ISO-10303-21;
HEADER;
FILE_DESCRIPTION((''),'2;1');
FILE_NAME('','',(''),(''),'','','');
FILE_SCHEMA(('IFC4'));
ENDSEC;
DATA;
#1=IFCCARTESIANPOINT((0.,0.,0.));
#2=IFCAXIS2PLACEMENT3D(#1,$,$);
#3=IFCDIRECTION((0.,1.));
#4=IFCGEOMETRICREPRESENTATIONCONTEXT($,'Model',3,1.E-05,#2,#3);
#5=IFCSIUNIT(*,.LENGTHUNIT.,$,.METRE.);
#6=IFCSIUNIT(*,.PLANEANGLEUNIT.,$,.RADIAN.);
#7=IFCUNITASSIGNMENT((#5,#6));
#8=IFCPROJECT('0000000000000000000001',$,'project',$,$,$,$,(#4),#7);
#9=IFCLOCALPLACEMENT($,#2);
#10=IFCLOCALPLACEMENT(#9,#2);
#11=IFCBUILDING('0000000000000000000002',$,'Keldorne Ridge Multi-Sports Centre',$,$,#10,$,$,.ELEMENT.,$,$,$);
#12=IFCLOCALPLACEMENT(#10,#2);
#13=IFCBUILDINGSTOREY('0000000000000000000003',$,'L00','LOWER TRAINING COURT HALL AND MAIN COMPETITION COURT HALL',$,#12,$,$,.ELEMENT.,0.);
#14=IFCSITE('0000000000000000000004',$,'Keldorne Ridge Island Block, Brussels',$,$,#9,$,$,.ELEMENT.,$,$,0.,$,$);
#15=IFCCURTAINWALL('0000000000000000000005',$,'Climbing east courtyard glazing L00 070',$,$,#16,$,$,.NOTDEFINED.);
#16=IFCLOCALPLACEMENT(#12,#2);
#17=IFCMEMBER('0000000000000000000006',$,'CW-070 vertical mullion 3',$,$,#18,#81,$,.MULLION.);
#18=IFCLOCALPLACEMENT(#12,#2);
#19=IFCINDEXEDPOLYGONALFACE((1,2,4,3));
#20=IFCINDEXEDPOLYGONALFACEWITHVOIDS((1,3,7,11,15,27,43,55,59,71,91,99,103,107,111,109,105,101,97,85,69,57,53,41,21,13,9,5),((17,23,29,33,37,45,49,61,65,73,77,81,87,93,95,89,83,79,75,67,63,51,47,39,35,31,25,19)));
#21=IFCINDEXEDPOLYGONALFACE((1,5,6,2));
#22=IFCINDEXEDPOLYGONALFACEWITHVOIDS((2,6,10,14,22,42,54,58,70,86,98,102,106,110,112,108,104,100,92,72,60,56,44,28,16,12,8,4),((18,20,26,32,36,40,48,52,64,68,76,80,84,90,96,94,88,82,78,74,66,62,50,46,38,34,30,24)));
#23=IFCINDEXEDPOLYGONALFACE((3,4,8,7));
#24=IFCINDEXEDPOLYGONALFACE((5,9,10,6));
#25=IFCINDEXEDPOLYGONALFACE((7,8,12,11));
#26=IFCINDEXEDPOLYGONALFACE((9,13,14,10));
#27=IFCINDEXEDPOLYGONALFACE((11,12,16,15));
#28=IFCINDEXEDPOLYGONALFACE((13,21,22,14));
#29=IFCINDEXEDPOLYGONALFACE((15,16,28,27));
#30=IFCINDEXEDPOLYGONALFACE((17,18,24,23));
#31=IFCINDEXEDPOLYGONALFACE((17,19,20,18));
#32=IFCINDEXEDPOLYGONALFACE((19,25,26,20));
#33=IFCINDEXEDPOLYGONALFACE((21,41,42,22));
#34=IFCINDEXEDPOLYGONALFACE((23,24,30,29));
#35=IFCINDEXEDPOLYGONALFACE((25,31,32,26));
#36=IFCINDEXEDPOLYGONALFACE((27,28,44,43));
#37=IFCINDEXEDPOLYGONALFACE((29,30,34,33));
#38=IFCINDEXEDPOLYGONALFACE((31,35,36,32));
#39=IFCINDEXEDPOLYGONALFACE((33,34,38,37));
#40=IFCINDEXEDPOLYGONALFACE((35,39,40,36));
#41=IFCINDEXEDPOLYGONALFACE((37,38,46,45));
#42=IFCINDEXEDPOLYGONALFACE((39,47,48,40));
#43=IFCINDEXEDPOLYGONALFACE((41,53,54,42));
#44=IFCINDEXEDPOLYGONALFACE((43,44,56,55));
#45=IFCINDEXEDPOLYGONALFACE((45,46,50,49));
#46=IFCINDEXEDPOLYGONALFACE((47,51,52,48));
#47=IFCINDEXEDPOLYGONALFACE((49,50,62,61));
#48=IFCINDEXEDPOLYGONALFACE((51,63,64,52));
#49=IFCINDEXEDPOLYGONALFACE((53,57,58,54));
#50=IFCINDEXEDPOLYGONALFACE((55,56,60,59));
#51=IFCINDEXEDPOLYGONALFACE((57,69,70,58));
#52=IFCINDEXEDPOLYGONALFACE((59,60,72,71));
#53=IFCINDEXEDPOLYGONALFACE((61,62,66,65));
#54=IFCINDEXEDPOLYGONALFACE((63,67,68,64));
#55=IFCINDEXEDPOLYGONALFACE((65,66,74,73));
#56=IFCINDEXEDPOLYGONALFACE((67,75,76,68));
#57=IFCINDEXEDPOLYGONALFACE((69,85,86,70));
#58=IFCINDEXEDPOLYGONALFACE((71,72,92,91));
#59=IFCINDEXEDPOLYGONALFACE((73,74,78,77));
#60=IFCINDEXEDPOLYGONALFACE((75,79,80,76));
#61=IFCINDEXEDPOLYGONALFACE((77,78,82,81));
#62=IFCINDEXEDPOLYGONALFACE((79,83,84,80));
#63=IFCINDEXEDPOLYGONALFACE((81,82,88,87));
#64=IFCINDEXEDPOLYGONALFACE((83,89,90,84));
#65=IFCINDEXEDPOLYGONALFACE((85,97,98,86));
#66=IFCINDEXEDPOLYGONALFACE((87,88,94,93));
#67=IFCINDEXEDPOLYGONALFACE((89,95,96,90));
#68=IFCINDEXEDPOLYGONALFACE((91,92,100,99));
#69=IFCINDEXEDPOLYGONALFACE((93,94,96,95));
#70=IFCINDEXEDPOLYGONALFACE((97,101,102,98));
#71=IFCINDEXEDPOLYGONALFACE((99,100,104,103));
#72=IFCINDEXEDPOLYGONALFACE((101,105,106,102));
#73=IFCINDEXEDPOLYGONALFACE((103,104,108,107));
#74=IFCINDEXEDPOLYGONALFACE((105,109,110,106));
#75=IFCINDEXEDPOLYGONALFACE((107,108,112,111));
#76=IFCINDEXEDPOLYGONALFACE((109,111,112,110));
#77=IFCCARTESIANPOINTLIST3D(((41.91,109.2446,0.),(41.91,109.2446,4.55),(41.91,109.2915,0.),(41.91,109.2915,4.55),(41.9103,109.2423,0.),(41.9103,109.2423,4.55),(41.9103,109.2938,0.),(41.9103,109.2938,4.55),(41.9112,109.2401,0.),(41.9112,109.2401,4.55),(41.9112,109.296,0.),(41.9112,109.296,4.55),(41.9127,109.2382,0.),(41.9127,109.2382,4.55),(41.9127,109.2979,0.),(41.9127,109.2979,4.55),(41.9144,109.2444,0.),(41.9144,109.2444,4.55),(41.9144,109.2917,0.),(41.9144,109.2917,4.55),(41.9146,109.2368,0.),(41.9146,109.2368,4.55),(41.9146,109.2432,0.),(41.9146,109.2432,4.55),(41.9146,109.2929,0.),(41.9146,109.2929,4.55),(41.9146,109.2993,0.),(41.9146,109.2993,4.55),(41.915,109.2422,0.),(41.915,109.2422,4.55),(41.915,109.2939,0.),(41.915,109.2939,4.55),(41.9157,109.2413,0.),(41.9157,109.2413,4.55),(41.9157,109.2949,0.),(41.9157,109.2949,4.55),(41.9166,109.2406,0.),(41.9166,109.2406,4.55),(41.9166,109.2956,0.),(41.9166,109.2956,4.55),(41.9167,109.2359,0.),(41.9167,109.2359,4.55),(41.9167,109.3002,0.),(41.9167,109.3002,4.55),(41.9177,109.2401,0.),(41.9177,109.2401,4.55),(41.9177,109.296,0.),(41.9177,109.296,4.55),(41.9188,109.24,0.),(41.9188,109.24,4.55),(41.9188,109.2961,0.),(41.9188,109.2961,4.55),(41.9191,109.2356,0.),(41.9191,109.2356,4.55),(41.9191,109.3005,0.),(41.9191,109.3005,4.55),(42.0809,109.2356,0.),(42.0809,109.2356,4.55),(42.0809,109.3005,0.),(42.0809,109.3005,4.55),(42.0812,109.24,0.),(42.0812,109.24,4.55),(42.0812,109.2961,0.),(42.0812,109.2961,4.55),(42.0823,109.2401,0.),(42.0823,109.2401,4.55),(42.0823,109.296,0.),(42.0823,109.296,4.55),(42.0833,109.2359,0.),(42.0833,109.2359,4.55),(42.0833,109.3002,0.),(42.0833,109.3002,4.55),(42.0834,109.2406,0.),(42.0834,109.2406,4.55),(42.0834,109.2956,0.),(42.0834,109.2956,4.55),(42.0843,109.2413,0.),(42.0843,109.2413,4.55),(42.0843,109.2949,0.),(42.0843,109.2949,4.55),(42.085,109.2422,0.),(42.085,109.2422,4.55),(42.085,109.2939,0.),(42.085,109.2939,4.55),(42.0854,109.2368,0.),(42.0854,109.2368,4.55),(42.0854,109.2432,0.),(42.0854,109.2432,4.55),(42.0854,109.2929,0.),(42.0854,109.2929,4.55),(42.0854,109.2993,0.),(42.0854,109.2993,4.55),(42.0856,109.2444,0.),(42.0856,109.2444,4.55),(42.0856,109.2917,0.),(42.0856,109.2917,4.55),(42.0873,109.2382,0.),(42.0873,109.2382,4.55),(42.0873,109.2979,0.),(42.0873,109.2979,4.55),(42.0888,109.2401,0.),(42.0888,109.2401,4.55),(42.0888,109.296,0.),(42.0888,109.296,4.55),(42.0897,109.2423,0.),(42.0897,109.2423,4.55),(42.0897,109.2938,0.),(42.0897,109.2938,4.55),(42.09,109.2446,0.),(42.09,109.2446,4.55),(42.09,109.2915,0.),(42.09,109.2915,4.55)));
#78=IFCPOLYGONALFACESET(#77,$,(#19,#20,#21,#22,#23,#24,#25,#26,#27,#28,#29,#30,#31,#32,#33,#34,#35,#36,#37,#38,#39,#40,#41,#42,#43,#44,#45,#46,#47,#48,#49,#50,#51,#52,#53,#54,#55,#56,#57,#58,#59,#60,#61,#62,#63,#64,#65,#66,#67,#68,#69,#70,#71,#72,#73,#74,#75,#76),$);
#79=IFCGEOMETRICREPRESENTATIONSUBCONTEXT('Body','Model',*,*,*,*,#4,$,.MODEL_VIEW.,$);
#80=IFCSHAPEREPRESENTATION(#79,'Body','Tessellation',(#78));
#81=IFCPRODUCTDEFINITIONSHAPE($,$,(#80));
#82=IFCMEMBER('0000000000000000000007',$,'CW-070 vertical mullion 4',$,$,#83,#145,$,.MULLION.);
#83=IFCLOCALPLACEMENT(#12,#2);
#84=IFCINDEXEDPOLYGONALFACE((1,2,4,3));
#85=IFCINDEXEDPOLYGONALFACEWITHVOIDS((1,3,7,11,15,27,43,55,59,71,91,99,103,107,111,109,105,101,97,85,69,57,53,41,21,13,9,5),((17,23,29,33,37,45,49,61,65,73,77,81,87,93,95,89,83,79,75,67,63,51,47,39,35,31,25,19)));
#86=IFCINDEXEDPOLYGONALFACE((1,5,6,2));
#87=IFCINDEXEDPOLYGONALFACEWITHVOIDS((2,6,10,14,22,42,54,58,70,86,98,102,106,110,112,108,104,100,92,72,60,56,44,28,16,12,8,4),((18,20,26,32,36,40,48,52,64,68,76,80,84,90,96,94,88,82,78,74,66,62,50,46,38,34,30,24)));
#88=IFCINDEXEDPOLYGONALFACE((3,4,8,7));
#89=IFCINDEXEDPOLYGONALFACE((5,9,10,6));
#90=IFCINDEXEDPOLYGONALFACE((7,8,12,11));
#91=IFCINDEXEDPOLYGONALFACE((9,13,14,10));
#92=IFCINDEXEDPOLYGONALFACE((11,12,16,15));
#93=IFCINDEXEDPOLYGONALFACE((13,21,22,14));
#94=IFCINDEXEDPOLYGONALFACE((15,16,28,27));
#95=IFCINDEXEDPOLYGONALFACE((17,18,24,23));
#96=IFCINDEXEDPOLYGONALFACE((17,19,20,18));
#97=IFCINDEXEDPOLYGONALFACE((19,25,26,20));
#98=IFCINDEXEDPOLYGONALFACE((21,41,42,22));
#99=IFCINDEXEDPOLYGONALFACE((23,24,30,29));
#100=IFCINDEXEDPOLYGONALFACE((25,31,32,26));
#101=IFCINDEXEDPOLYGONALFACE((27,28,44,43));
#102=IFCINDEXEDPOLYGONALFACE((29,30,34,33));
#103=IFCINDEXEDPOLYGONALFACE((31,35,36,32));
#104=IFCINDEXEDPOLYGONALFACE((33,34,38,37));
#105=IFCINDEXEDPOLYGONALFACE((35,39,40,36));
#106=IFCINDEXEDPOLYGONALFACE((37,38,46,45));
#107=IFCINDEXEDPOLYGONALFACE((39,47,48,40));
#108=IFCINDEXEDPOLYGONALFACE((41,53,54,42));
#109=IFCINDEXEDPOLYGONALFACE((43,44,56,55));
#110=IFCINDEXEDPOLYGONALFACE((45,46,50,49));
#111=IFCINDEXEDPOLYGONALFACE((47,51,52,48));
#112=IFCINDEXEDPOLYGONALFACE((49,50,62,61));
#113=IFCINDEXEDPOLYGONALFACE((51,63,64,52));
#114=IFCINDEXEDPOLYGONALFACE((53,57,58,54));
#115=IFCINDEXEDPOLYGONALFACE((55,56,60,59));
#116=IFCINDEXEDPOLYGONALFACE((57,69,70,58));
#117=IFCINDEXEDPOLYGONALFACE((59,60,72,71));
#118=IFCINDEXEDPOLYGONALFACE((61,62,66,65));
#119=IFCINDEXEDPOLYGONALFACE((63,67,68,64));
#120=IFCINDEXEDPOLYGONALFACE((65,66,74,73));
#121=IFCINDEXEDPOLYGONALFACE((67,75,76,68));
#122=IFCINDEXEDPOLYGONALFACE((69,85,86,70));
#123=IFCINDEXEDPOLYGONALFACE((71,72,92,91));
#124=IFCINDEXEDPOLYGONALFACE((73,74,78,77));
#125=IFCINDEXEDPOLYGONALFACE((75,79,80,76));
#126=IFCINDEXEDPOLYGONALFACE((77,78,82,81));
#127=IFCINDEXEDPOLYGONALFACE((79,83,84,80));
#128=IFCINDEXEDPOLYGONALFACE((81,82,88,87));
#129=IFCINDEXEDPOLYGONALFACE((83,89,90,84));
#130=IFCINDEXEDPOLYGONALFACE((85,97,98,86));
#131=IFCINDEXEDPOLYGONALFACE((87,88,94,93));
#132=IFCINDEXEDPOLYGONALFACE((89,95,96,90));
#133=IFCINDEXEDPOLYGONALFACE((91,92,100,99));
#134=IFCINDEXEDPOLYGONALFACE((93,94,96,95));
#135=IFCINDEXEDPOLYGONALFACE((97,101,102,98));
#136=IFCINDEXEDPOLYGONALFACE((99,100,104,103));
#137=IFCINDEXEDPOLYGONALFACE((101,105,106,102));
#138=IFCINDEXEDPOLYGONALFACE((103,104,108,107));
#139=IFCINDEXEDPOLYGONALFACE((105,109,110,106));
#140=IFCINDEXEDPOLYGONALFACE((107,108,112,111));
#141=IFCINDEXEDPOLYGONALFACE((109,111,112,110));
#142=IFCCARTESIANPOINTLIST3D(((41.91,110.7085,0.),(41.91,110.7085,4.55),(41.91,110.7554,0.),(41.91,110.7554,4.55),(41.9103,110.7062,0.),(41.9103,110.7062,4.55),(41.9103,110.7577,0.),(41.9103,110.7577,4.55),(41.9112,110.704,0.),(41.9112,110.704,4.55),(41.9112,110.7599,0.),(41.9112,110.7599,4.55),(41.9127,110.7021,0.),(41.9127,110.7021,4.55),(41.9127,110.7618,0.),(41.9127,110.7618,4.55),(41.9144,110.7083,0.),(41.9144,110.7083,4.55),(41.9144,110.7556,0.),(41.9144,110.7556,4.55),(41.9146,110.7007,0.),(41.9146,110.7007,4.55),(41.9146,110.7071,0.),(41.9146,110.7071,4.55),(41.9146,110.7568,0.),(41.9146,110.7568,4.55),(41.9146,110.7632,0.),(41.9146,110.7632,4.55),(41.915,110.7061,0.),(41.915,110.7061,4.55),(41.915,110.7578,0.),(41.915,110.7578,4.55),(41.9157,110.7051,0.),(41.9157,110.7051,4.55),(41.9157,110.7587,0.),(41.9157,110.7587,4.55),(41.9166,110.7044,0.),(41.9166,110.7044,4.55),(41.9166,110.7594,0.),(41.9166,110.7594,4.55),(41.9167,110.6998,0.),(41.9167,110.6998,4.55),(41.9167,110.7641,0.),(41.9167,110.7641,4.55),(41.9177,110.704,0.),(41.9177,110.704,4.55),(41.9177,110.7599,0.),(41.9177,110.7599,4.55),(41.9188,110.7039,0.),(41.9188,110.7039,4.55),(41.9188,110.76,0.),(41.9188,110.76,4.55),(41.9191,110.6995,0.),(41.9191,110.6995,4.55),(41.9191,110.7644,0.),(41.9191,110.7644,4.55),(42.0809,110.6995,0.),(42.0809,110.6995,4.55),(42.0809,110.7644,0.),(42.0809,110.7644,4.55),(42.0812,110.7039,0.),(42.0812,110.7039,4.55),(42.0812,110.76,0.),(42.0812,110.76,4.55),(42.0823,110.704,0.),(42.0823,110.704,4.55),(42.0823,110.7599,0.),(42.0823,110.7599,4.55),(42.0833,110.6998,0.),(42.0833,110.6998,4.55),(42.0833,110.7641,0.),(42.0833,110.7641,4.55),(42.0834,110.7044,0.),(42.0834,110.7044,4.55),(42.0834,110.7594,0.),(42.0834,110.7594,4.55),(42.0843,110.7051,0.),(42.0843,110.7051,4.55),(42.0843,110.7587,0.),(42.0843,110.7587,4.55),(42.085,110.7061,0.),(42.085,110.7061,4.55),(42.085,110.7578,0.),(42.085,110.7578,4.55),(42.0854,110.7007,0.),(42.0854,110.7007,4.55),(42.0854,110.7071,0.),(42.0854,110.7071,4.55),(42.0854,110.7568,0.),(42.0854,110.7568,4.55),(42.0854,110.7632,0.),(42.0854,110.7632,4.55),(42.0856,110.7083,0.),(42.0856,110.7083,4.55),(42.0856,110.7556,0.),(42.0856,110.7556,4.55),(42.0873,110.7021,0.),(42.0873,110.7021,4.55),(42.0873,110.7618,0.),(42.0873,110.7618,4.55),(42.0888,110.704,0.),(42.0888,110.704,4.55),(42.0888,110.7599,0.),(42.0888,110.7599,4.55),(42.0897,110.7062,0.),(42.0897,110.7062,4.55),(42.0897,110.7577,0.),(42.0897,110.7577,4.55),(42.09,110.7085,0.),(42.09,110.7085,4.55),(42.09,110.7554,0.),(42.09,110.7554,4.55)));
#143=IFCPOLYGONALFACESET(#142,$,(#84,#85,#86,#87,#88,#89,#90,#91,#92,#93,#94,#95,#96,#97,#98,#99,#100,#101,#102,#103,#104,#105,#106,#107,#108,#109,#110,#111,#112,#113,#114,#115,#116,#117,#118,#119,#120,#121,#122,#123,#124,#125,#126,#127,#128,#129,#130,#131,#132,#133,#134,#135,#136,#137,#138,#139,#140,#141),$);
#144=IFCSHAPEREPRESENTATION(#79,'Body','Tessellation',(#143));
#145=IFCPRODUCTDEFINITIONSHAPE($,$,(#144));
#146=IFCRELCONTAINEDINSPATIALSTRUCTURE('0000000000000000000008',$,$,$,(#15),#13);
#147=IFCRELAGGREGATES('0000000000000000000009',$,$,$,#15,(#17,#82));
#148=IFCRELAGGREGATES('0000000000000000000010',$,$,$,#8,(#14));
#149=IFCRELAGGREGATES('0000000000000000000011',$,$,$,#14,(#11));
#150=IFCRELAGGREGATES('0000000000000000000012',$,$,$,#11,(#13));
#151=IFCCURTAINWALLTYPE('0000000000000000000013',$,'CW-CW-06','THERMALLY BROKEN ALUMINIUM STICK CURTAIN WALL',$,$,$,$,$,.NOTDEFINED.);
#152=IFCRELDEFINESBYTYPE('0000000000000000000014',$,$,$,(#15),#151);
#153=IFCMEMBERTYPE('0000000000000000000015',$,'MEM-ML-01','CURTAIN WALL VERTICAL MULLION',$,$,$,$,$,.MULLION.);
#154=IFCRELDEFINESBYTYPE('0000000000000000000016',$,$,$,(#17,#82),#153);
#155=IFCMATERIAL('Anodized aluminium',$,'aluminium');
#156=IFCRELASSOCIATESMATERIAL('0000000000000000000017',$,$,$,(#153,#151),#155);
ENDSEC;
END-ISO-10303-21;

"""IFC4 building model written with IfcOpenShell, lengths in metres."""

from ifc_helpers import new_model, si_unit, direction, frame, origin, origin_2d, place, context, subcontext, project, spatial, hollow_rectangle, extrude, material, material_profile, profile_set, type_object, element, aggregate, save


model = new_model("IFC4")

# Units and contexts
model_context = context("Model", 3, precision=1e-05, world=origin(), true_north=direction((0.0, 1.0)))
body_context = subcontext(model_context, "Body", "Model", "MODEL_VIEW")
ifc_project = project(units=[si_unit("LENGTHUNIT", "METRE"), si_unit("PLANEANGLEUNIT", "RADIAN")], contexts=[model_context])

# Site, building, storey
site_placement = place(None, origin())
site = spatial("IfcSite", under=ifc_project, at=site_placement, Name="Keldorne Ridge Island Block, Brussels", CompositionType="ELEMENT", RefElevation=0.0)
building_placement = place(site_placement, origin())
building = spatial("IfcBuilding", under=site, at=building_placement, Name="Keldorne Ridge Multi-Sports Centre", CompositionType="ELEMENT")
storey_placement = place(building_placement, origin())
storey = spatial("IfcBuildingStorey", under=building, at=storey_placement, Name="L00", Description="LOWER TRAINING COURT HALL AND MAIN COMPETITION COURT HALL", CompositionType="ELEMENT", Elevation=0.0)

# Shared definitions
ifc_material_1 = material(Name="Anodized aluminium", Category="aluminium")
ifc_material_profile_1 = material_profile(ifc_material_1, hollow_rectangle(XDim=0.0649, YDim=0.1799, WallThickness=0.0044, InnerFilletRadius=0.0044, OuterFilletRadius=0.009, at=origin_2d()), Name="ALU MULLION 180x65x4.5")
ifc_profile_set_1 = profile_set([ifc_material_profile_1], Name="Anodized aluminium")
member_type_1 = type_object("IfcMemberType", Name="MEM-ML-01", Description="CURTAIN WALL VERTICAL MULLION", PredefinedType="MULLION", material=ifc_profile_set_1)

# Curtain wall, members
curtain_wall_type_1 = type_object("IfcCurtainWallType", Name="CW-CW-06", Description="THERMALLY BROKEN ALUMINIUM STICK CURTAIN WALL", PredefinedType="NOTDEFINED", material=ifc_material_1)
curtain_wall_1_placement = place(storey_placement, origin())
curtain_wall_1 = element("IfcCurtainWall", 1, at=curtain_wall_1_placement, inside=storey, type_object=curtain_wall_type_1, Name="Climbing east courtyard glazing L00 070", PredefinedType="NOTDEFINED")
member_1_placement = place(storey_placement, frame((42.0, 109.2681, 0.0), z_axis=(0.0, 0.0, 1.0), x_axis=(0.0, 1.0, 0.0)))
member_1 = element("IfcMember", 2, at=member_1_placement, type_object=member_type_1, Name="CW-070 vertical mullion 3", PredefinedType="MULLION", context=body_context, shape_type="SweptSolid", body=[
    extrude(hollow_rectangle(XDim=0.0649, YDim=0.1799, WallThickness=0.0044, InnerFilletRadius=0.0044, OuterFilletRadius=0.009, at=origin_2d()), origin(), (0.0, 0.0, 1.0), 4.55),
])
member_2_placement = place(storey_placement, frame((42.0, 110.7319, 0.0), z_axis=(0.0, 0.0, 1.0), x_axis=(0.0, 1.0, 0.0)))
member_2 = element("IfcMember", 3, at=member_2_placement, type_object=member_type_1, Name="CW-070 vertical mullion 4", PredefinedType="MULLION", context=body_context, shape_type="SweptSolid", body=[
    extrude(hollow_rectangle(XDim=0.0649, YDim=0.1799, WallThickness=0.0044, InnerFilletRadius=0.0044, OuterFilletRadius=0.009, at=origin_2d()), origin(), (0.0, 0.0, 1.0), 4.55),
])

aggregate(curtain_wall_1, [member_1, member_2])

save(model, "model.ifc")
